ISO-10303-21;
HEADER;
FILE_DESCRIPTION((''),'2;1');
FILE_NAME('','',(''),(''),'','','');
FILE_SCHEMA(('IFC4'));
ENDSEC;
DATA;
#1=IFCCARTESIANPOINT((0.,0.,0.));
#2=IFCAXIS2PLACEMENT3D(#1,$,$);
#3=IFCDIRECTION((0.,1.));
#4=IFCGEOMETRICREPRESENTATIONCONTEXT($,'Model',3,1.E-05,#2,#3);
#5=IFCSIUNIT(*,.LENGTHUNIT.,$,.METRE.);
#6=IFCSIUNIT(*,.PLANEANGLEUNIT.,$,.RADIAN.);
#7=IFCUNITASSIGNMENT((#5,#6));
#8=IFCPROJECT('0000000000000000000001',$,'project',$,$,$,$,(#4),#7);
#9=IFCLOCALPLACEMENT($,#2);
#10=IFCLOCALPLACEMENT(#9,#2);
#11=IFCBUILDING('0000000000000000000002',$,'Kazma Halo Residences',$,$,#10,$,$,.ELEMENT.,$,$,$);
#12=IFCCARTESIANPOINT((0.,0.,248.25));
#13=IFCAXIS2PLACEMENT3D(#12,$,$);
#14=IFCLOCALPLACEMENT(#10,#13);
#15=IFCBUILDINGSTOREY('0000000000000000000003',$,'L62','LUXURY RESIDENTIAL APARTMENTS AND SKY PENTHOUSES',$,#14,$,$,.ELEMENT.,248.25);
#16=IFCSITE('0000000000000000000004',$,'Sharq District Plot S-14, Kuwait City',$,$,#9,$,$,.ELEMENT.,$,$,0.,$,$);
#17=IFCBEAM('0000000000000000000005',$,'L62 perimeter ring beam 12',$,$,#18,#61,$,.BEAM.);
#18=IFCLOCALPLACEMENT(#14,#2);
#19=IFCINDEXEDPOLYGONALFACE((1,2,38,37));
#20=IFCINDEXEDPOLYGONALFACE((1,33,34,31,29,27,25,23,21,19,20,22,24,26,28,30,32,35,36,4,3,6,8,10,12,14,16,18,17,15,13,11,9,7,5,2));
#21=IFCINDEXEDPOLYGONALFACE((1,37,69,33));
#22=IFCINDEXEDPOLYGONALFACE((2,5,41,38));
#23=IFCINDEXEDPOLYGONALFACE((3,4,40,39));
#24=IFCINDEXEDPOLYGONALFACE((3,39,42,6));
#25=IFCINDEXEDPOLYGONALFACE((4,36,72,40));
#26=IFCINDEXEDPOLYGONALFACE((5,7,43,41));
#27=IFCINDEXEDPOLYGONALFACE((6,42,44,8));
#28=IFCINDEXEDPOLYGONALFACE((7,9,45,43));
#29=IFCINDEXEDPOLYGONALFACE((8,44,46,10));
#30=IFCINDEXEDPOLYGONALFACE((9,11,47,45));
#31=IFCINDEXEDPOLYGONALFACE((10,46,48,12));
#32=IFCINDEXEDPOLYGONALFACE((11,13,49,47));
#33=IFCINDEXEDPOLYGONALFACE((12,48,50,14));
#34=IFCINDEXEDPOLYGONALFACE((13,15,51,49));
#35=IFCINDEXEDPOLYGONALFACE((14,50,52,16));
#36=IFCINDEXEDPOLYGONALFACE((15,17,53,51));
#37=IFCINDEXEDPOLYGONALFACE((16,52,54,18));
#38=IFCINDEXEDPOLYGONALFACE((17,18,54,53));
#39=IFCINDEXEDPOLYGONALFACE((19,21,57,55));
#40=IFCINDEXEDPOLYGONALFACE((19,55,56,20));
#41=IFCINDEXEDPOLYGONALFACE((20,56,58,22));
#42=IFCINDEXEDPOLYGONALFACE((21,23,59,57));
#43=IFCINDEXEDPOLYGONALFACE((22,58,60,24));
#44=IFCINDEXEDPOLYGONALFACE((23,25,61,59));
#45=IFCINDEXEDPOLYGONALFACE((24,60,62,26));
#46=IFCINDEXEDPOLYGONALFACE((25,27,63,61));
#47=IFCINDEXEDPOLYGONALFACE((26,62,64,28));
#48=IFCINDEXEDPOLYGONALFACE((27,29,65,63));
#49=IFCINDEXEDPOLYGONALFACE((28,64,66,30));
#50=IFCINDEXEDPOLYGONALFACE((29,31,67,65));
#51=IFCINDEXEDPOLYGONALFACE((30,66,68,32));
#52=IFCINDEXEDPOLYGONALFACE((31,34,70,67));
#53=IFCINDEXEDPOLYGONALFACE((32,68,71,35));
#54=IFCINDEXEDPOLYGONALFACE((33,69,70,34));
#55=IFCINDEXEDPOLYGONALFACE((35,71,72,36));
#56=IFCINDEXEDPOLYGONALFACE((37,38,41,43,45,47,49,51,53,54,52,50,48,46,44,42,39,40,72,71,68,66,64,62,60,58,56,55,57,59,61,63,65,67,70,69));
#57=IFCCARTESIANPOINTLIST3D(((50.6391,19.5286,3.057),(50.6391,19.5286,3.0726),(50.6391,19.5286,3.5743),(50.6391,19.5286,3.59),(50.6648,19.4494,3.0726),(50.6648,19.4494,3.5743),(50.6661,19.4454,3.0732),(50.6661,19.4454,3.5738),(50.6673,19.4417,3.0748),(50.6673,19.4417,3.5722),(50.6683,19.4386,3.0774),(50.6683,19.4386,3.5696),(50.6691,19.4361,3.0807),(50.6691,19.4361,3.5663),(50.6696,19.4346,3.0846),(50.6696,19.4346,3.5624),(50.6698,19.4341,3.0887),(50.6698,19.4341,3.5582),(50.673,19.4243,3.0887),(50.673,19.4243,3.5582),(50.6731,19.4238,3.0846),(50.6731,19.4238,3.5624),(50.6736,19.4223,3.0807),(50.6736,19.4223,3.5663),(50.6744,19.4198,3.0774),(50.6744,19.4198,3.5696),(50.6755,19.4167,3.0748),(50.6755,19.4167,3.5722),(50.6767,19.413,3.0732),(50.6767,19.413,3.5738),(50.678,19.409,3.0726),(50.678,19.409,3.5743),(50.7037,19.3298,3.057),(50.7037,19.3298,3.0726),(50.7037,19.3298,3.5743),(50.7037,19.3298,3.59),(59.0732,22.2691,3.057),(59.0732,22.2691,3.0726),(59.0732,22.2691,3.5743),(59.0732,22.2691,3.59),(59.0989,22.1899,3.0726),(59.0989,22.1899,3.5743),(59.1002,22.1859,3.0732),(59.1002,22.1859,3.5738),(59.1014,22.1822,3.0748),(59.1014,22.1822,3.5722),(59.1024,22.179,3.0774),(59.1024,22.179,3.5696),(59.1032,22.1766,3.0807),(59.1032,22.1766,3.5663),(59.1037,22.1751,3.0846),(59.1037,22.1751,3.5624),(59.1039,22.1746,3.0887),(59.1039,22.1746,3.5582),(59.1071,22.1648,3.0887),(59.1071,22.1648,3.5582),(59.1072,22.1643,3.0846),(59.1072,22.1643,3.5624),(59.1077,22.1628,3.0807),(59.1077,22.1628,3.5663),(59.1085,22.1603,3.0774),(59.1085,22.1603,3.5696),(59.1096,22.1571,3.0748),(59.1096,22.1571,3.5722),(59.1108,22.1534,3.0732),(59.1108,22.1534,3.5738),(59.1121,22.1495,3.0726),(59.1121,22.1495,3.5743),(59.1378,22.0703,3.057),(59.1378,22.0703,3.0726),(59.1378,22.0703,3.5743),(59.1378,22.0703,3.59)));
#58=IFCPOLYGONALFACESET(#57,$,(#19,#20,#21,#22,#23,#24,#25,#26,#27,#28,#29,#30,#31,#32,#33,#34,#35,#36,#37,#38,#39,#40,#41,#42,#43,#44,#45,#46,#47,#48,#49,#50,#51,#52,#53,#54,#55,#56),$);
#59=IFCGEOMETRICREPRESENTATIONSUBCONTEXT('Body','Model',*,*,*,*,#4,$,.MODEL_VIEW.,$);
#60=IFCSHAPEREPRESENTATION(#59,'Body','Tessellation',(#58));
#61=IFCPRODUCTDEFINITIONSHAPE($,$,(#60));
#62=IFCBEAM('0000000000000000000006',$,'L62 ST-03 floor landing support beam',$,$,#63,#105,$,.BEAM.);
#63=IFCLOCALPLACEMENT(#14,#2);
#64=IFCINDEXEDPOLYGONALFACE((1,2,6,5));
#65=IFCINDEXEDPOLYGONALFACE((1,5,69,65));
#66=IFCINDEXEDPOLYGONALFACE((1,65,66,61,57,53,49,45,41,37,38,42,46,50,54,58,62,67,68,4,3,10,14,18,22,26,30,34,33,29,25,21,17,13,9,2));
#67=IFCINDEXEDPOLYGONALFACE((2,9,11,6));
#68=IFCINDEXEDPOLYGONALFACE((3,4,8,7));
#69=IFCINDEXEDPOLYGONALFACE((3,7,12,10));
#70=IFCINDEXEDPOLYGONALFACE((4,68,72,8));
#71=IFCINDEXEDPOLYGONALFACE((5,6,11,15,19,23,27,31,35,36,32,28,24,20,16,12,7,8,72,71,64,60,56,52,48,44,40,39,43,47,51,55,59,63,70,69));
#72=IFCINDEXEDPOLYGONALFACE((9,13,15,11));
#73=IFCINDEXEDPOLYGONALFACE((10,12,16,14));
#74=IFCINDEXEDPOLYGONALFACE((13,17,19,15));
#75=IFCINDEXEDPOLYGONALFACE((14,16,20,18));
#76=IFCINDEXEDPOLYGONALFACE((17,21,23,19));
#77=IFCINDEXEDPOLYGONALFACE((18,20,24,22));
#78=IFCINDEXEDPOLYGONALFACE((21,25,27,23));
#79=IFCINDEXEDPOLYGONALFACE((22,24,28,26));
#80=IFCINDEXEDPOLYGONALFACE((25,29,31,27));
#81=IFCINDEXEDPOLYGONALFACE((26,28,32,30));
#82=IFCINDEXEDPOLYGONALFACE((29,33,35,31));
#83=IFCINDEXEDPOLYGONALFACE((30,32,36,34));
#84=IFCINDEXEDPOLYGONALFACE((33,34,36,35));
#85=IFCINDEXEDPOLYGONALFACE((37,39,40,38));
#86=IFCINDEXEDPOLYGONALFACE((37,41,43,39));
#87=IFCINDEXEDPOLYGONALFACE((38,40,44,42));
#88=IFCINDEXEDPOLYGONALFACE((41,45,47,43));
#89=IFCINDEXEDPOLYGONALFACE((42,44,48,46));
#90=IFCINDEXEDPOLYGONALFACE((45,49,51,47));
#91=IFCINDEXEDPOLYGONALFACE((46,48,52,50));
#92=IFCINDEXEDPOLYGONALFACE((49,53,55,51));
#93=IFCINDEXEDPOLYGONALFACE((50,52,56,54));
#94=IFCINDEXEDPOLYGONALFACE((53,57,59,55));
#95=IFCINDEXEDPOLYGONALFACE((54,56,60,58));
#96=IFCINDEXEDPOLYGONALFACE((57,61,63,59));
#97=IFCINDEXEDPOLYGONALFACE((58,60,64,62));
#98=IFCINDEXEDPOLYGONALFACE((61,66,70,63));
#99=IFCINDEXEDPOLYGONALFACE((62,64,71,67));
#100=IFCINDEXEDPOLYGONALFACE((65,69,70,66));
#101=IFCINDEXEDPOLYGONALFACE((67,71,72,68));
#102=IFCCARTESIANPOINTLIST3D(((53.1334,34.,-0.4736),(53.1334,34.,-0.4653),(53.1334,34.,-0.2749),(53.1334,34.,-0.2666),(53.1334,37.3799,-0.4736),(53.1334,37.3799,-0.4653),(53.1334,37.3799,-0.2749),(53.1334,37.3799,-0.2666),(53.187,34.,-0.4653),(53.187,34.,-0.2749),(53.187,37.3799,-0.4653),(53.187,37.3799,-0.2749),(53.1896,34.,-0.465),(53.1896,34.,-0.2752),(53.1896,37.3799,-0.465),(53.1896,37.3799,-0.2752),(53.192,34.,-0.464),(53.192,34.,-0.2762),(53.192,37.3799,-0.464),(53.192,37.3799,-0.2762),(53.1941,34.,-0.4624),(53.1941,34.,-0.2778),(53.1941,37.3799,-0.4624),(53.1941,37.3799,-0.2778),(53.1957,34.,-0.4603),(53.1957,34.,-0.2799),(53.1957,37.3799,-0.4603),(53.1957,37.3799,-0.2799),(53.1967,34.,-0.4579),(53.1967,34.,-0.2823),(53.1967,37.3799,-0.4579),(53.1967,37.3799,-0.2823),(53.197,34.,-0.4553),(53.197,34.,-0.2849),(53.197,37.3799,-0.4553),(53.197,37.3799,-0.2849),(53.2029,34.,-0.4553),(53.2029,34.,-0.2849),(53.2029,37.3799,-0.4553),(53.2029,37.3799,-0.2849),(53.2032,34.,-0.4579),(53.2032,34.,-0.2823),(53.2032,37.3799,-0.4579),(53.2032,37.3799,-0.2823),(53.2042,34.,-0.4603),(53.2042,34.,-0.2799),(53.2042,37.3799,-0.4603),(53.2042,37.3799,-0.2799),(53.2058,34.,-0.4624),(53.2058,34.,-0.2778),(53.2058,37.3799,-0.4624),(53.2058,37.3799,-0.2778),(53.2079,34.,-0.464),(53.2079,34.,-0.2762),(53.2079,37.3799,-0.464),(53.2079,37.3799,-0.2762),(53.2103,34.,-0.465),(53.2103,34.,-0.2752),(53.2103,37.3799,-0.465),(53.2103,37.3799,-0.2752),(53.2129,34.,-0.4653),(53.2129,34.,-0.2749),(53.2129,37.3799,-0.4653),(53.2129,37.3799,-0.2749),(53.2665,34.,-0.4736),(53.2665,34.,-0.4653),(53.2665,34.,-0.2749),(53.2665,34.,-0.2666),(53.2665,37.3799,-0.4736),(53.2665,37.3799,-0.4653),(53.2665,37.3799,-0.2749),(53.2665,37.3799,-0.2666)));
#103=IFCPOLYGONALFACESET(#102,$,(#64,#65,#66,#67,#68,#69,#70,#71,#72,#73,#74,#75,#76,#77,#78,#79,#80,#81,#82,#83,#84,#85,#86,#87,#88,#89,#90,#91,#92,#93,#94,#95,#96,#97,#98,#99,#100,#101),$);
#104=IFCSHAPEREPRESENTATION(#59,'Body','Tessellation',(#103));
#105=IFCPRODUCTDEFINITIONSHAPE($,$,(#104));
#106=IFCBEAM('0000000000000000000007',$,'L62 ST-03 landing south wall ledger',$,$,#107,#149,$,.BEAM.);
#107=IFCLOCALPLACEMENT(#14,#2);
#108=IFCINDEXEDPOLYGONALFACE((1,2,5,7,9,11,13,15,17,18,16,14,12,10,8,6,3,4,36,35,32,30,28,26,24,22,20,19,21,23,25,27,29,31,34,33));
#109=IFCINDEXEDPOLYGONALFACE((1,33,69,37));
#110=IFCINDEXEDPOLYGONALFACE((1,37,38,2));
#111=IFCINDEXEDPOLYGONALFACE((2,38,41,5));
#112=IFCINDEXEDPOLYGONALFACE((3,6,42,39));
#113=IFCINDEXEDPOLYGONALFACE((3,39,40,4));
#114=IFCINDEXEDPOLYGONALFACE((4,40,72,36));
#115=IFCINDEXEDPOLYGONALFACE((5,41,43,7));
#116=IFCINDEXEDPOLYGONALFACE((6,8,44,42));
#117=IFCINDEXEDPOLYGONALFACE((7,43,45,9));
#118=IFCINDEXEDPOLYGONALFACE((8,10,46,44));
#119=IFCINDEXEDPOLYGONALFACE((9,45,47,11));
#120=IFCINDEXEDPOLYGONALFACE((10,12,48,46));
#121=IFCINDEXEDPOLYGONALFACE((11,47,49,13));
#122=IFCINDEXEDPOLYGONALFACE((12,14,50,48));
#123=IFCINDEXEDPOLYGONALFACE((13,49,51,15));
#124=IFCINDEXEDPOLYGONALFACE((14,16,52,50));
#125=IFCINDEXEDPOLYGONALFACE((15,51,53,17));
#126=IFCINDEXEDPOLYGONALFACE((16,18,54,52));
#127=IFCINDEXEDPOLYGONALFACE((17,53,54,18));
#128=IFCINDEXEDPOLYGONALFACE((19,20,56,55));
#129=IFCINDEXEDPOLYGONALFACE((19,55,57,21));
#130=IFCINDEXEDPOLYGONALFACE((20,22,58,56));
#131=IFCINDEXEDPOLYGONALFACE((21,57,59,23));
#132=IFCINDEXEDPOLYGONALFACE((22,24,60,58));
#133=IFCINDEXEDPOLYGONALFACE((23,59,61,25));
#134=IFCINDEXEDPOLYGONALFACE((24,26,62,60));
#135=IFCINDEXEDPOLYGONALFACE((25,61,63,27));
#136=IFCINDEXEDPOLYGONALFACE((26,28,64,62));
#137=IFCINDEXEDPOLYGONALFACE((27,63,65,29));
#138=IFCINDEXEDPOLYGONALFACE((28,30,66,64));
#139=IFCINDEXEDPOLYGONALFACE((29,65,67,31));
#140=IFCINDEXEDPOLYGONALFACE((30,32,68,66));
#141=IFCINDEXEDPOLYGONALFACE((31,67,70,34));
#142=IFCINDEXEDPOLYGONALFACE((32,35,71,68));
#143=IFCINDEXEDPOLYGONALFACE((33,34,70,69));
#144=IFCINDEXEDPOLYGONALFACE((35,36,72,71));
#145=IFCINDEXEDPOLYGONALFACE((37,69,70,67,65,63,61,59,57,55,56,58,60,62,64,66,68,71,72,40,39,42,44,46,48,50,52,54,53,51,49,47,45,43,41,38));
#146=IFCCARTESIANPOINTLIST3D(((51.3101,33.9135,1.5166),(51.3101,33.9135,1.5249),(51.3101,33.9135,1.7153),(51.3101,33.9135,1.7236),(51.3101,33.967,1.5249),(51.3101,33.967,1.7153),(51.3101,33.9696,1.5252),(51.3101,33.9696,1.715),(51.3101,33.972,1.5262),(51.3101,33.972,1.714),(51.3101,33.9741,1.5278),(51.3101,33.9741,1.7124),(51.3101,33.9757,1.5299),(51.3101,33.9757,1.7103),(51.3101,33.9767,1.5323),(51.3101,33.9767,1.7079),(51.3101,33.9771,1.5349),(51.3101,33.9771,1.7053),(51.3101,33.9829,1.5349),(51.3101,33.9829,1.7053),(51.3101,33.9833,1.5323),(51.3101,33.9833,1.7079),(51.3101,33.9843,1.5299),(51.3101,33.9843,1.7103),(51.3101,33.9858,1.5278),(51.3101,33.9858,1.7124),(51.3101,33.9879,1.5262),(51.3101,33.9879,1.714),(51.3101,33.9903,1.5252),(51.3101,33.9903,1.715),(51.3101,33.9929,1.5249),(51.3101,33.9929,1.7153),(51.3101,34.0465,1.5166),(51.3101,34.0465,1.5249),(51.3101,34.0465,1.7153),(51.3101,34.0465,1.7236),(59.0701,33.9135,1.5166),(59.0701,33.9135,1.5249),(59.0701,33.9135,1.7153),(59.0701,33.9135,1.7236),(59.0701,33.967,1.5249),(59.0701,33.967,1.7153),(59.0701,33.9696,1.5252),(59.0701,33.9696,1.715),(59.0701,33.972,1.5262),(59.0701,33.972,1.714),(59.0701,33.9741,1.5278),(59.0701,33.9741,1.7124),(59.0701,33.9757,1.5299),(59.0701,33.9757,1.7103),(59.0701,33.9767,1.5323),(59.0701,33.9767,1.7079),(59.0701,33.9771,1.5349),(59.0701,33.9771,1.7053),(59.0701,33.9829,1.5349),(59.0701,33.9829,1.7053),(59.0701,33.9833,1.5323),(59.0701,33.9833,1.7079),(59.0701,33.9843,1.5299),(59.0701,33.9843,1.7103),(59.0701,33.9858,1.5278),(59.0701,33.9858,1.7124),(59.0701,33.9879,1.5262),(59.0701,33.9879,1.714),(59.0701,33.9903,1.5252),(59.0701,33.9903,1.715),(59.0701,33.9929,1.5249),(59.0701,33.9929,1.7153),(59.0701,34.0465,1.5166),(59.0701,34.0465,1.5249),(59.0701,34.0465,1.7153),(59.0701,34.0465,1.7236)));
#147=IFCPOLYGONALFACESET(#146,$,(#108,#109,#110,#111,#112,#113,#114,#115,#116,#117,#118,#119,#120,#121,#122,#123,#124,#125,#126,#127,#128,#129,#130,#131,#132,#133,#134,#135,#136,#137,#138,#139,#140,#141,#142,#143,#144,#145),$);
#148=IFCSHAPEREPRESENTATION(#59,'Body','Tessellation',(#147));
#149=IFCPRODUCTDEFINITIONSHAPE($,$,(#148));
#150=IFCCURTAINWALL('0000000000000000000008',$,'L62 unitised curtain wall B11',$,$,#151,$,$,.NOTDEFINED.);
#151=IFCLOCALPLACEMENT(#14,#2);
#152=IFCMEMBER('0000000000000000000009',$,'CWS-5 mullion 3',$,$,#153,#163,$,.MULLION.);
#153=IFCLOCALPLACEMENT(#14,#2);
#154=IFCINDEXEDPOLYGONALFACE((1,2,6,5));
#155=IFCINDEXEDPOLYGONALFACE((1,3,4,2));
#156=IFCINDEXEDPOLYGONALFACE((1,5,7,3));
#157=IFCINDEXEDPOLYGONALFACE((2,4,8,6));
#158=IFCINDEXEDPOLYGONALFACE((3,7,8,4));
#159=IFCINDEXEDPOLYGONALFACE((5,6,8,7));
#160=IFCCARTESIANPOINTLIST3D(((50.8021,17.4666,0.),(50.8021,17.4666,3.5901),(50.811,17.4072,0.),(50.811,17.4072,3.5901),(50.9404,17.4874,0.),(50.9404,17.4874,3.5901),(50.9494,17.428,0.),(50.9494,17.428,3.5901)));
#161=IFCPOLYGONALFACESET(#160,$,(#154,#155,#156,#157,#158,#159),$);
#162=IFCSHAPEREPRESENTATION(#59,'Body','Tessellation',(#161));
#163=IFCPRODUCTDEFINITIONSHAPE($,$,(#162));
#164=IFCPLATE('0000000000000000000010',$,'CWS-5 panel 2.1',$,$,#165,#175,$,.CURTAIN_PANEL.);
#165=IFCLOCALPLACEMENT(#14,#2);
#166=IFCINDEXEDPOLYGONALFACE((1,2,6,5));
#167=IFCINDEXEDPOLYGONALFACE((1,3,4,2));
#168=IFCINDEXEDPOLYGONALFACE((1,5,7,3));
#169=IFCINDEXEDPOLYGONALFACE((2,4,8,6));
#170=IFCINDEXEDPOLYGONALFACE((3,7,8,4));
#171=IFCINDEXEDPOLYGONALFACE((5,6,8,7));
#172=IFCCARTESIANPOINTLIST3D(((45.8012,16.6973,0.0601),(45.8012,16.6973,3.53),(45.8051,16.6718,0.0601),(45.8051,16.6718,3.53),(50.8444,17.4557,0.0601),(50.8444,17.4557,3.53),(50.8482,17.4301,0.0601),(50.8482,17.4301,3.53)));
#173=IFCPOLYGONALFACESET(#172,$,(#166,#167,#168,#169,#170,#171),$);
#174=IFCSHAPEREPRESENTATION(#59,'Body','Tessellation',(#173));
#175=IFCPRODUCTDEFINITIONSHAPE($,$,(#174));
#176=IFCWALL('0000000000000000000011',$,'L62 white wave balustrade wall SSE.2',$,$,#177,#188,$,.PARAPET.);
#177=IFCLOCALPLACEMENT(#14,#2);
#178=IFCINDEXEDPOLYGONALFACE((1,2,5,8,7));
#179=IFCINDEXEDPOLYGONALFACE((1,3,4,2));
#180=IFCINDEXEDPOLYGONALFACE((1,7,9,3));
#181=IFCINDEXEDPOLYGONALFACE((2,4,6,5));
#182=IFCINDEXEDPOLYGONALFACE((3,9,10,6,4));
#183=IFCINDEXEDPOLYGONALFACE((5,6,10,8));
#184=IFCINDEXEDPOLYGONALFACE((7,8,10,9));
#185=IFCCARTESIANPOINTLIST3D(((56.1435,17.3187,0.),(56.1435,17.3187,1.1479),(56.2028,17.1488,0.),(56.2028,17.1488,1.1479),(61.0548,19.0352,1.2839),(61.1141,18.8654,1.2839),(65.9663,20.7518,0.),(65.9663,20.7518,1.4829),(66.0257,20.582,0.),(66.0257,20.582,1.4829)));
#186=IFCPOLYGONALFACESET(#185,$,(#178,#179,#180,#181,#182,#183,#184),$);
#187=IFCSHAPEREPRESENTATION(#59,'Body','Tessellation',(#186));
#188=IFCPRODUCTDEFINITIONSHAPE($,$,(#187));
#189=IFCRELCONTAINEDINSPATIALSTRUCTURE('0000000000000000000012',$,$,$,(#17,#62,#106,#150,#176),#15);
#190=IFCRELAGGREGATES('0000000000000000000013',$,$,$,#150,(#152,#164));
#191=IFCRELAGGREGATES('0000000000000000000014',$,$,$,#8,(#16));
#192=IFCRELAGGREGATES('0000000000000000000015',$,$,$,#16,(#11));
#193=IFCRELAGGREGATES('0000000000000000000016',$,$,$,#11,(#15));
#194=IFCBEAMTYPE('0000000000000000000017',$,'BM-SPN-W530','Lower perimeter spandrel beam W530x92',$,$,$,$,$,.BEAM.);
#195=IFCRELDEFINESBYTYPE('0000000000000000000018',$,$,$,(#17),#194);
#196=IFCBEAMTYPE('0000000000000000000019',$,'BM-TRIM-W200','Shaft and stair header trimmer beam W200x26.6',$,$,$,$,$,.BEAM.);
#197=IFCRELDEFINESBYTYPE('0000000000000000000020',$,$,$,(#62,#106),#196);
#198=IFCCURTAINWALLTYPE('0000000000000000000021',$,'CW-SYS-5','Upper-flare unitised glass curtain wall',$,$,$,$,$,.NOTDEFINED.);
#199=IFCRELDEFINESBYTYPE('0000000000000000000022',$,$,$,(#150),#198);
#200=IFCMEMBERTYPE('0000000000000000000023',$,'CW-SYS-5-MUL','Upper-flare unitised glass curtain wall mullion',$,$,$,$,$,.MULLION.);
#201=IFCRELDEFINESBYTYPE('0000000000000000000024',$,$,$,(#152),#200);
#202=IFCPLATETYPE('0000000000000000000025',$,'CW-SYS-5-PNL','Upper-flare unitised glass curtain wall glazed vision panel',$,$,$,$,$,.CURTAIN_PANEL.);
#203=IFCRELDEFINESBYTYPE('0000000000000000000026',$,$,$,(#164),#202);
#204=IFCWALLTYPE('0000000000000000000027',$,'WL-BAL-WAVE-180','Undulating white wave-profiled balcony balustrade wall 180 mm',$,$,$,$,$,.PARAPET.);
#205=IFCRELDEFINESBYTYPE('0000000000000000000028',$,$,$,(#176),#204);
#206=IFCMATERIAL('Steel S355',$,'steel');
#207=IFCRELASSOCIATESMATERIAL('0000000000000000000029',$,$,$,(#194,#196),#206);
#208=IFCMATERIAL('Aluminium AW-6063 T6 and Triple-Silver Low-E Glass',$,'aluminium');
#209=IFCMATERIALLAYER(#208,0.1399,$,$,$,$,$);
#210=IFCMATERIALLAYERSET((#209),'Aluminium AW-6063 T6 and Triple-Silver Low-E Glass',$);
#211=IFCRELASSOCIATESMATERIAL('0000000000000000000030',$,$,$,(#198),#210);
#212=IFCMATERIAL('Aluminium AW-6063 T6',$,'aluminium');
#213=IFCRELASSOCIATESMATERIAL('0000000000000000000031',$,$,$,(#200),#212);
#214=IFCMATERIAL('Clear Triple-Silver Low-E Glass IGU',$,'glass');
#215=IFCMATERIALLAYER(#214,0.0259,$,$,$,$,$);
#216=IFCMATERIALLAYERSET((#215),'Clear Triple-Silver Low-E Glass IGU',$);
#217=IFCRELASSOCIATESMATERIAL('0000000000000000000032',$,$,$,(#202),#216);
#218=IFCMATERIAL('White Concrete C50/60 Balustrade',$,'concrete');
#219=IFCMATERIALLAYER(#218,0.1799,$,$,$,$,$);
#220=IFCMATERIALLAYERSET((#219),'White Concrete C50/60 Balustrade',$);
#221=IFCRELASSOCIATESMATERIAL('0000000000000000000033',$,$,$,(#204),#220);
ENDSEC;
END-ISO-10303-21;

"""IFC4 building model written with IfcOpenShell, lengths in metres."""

from ifc_helpers import new_model, si_unit, direction, frame, origin, origin_2d, place, context, subcontext, project, spatial, polyline, rectangle, i_section, outline, extrude, material, layer, layer_set, material_profile, profile_set, type_object, element, aggregate, save


model = new_model("IFC4")

# Units and contexts
model_context = context("Model", 3, precision=1e-05, world=origin(), true_north=direction((0.0, 1.0)))
body_context = subcontext(model_context, "Body", "Model", "MODEL_VIEW")
ifc_project = project(units=[si_unit("LENGTHUNIT", "METRE"), si_unit("PLANEANGLEUNIT", "RADIAN")], contexts=[model_context])

# Site, building, storey
site_placement = place(None, origin())
site = spatial("IfcSite", under=ifc_project, at=site_placement, Name="Sharq District Plot S-14, Kuwait City", CompositionType="ELEMENT", RefElevation=0.0)
building_placement = place(site_placement, origin())
building = spatial("IfcBuilding", under=site, at=building_placement, Name="Kazma Halo Residences", CompositionType="ELEMENT")
storey_placement = place(building_placement, frame((0.0, 0.0, 248.25)))
storey = spatial("IfcBuildingStorey", under=building, at=storey_placement, Name="L62", Description="LUXURY RESIDENTIAL APARTMENTS AND SKY PENTHOUSES", CompositionType="ELEMENT", Elevation=248.25)

# Beams
ifc_material_1 = material(Name="Steel S355", Category="steel")
ifc_material_profile_1 = material_profile(ifc_material_1, i_section(OverallWidth=0.209, OverallDepth=0.533, WebThickness=0.0103, FlangeThickness=0.0156, FilletRadius=0.0161, at=origin_2d()), Name="W530x92")
ifc_profile_set_1 = profile_set([ifc_material_profile_1], Name="Steel S355")
beam_type_1 = type_object("IfcBeamType", Name="BM-SPN-W530", Description="Lower perimeter spandrel beam W530x92", PredefinedType="BEAM", material=ifc_profile_set_1)
beam_1_placement = place(storey_placement, frame((50.6714, 19.4292, 3.3235), z_axis=(0.951054, 0.309025, 0.0), x_axis=(-0.309025, 0.951054, 0.0)))
element("IfcBeam", 1, at=beam_1_placement, inside=storey, type_object=beam_type_1, Name="L62 perimeter ring beam 12", PredefinedType="BEAM", context=body_context, shape_type="SweptSolid", body=[
    extrude(i_section(OverallWidth=0.209, OverallDepth=0.533, WebThickness=0.0103, FlangeThickness=0.0156, FilletRadius=0.0161, at=origin_2d()), origin(), (0.0, 0.0, 1.0), 8.8682),
])
ifc_material_profile_2 = material_profile(ifc_material_1, i_section(OverallWidth=0.1331, OverallDepth=0.207, WebThickness=0.0059, FlangeThickness=0.0083, FilletRadius=0.01, at=origin_2d()), Name="W200x26.6")
ifc_profile_set_2 = profile_set([ifc_material_profile_2], Name="Steel S355")
beam_type_2 = type_object("IfcBeamType", Name="BM-TRIM-W200", Description="Shaft and stair header trimmer beam W200x26.6", PredefinedType="BEAM", material=ifc_profile_set_2)
beam_2_placement = place(storey_placement, frame((53.2, 34.0, -0.3701), z_axis=(0.0, 1.0, 0.0), x_axis=(-1.0, 0.0, 0.0)))
element("IfcBeam", 2, at=beam_2_placement, inside=storey, type_object=beam_type_2, Name="L62 ST-03 floor landing support beam", PredefinedType="BEAM", context=body_context, shape_type="SweptSolid", body=[
    extrude(i_section(OverallWidth=0.1331, OverallDepth=0.207, WebThickness=0.0059, FlangeThickness=0.0083, FilletRadius=0.01, at=origin_2d()), origin(), (0.0, 0.0, 1.0), 3.3799),
])
beam_3_placement = place(storey_placement, frame((51.3101, 33.98, 1.6201), z_axis=(1.0, 0.0, 0.0), x_axis=(0.0, 1.0, 0.0)))
element("IfcBeam", 3, at=beam_3_placement, inside=storey, type_object=beam_type_2, Name="L62 ST-03 landing south wall ledger", PredefinedType="BEAM", context=body_context, shape_type="SweptSolid", body=[
    extrude(i_section(OverallWidth=0.1331, OverallDepth=0.207, WebThickness=0.0059, FlangeThickness=0.0083, FilletRadius=0.01, at=origin_2d()), origin(), (0.0, 0.0, 1.0), 7.76),
])

# Curtain wall, member, plate
ifc_material_2 = material(Name="Aluminium AW-6063 T6 and Triple-Silver Low-E Glass", Category="aluminium")
ifc_layer_1 = layer(ifc_material_2, 0.1399)
ifc_layer_set_1 = layer_set([ifc_layer_1], Name="Aluminium AW-6063 T6 and Triple-Silver Low-E Glass")
curtain_wall_type = type_object("IfcCurtainWallType", Name="CW-SYS-5", Description="Upper-flare unitised glass curtain wall", PredefinedType="NOTDEFINED", material=ifc_layer_set_1)
curtain_wall_placement = place(storey_placement, origin())
curtain_wall = element("IfcCurtainWall", 4, at=curtain_wall_placement, inside=storey, type_object=curtain_wall_type, Name="L62 unitised curtain wall B11", PredefinedType="NOTDEFINED")
ifc_material_3 = material(Name="Aluminium AW-6063 T6", Category="aluminium")
ifc_material_profile_3 = material_profile(ifc_material_3, rectangle(XDim=0.0601, YDim=0.1399, at=origin_2d()), Name="CWM-60x140")
ifc_profile_set_3 = profile_set([ifc_material_profile_3], Name="Aluminium AW-6063 T6")
member_type = type_object("IfcMemberType", Name="CW-SYS-5-MUL", Description="Upper-flare unitised glass curtain wall mullion", PredefinedType="MULLION", material=ifc_profile_set_3)
member_placement = place(storey_placement, frame((50.8757, 17.4473, 0.0), z_axis=(0.0, 0.0, 1.0), x_axis=(-0.148697, 0.988883, 0.0)))
member = element("IfcMember", 5, at=member_placement, type_object=member_type, Name="CWS-5 mullion 3", PredefinedType="MULLION", context=body_context, shape_type="SweptSolid", body=[
    extrude(rectangle(XDim=0.0601, YDim=0.1399, at=origin_2d()), origin(), (0.0, 0.0, 1.0), 3.5901),
])
ifc_material_4 = material(Name="Clear Triple-Silver Low-E Glass IGU", Category="glass")
ifc_layer_2 = layer(ifc_material_4, 0.0259)
ifc_layer_set_2 = layer_set([ifc_layer_2], Name="Clear Triple-Silver Low-E Glass IGU")
plate_type = type_object("IfcPlateType", Name="CW-SYS-5-PNL", Description="Upper-flare unitised glass curtain wall glazed vision panel", PredefinedType="CURTAIN_PANEL", material=ifc_layer_set_2)
plate_placement = place(storey_placement, frame((48.3247, 17.0637, 0.0601), z_axis=(0.0, 0.0, 1.0), x_axis=(0.988883, 0.148697, 0.0)))
plate = element("IfcPlate", 6, at=plate_placement, type_object=plate_type, Name="CWS-5 panel 2.1", PredefinedType="CURTAIN_PANEL", context=body_context, shape_type="SweptSolid", body=[
    extrude(rectangle(XDim=5.0999, YDim=0.0259, at=origin_2d()), origin(), (0.0, 0.0, 1.0), 3.47),
])
aggregate(curtain_wall, [member, plate])

# Wall
ifc_material_5 = material(Name="White Concrete C50/60 Balustrade", Category="concrete")
ifc_layer_3 = layer(ifc_material_5, 0.1799)
ifc_layer_set_3 = layer_set([ifc_layer_3], Name="White Concrete C50/60 Balustrade")
wall_type_1 = type_object("IfcWallType", Name="WL-BAL-WAVE-180", Description="Undulating white wave-profiled balcony balustrade wall 180 mm", PredefinedType="PARAPET", material=ifc_layer_set_3)
wall_1_placement = place(storey_placement, frame((56.1731, 17.2339, 0.0), z_axis=(0.0, 0.0, 1.0), x_axis=(0.944004, 0.329934, 0.0)))
element("IfcWall", 7, at=wall_1_placement, inside=storey, type_object=wall_type_1, Name="L62 white wave balustrade wall SSE.2", PredefinedType="PARAPET", context=body_context, shape_type="SweptSolid", body=[
    extrude(outline(polyline([(0.0, 0.0), (10.4055, 0.0), (10.4055, 1.4829), (5.2026, 1.2839), (0.0, 1.1479), (0.0, 0.0)])), frame((0.0, 0.0898, 0.0), z_axis=(0.0, -1.0, 0.0), x_axis=(1.0, 0.0, 0.0)), (0.0, 0.0, 1.0), 0.1799),
])

save(model, "model.ifc")
